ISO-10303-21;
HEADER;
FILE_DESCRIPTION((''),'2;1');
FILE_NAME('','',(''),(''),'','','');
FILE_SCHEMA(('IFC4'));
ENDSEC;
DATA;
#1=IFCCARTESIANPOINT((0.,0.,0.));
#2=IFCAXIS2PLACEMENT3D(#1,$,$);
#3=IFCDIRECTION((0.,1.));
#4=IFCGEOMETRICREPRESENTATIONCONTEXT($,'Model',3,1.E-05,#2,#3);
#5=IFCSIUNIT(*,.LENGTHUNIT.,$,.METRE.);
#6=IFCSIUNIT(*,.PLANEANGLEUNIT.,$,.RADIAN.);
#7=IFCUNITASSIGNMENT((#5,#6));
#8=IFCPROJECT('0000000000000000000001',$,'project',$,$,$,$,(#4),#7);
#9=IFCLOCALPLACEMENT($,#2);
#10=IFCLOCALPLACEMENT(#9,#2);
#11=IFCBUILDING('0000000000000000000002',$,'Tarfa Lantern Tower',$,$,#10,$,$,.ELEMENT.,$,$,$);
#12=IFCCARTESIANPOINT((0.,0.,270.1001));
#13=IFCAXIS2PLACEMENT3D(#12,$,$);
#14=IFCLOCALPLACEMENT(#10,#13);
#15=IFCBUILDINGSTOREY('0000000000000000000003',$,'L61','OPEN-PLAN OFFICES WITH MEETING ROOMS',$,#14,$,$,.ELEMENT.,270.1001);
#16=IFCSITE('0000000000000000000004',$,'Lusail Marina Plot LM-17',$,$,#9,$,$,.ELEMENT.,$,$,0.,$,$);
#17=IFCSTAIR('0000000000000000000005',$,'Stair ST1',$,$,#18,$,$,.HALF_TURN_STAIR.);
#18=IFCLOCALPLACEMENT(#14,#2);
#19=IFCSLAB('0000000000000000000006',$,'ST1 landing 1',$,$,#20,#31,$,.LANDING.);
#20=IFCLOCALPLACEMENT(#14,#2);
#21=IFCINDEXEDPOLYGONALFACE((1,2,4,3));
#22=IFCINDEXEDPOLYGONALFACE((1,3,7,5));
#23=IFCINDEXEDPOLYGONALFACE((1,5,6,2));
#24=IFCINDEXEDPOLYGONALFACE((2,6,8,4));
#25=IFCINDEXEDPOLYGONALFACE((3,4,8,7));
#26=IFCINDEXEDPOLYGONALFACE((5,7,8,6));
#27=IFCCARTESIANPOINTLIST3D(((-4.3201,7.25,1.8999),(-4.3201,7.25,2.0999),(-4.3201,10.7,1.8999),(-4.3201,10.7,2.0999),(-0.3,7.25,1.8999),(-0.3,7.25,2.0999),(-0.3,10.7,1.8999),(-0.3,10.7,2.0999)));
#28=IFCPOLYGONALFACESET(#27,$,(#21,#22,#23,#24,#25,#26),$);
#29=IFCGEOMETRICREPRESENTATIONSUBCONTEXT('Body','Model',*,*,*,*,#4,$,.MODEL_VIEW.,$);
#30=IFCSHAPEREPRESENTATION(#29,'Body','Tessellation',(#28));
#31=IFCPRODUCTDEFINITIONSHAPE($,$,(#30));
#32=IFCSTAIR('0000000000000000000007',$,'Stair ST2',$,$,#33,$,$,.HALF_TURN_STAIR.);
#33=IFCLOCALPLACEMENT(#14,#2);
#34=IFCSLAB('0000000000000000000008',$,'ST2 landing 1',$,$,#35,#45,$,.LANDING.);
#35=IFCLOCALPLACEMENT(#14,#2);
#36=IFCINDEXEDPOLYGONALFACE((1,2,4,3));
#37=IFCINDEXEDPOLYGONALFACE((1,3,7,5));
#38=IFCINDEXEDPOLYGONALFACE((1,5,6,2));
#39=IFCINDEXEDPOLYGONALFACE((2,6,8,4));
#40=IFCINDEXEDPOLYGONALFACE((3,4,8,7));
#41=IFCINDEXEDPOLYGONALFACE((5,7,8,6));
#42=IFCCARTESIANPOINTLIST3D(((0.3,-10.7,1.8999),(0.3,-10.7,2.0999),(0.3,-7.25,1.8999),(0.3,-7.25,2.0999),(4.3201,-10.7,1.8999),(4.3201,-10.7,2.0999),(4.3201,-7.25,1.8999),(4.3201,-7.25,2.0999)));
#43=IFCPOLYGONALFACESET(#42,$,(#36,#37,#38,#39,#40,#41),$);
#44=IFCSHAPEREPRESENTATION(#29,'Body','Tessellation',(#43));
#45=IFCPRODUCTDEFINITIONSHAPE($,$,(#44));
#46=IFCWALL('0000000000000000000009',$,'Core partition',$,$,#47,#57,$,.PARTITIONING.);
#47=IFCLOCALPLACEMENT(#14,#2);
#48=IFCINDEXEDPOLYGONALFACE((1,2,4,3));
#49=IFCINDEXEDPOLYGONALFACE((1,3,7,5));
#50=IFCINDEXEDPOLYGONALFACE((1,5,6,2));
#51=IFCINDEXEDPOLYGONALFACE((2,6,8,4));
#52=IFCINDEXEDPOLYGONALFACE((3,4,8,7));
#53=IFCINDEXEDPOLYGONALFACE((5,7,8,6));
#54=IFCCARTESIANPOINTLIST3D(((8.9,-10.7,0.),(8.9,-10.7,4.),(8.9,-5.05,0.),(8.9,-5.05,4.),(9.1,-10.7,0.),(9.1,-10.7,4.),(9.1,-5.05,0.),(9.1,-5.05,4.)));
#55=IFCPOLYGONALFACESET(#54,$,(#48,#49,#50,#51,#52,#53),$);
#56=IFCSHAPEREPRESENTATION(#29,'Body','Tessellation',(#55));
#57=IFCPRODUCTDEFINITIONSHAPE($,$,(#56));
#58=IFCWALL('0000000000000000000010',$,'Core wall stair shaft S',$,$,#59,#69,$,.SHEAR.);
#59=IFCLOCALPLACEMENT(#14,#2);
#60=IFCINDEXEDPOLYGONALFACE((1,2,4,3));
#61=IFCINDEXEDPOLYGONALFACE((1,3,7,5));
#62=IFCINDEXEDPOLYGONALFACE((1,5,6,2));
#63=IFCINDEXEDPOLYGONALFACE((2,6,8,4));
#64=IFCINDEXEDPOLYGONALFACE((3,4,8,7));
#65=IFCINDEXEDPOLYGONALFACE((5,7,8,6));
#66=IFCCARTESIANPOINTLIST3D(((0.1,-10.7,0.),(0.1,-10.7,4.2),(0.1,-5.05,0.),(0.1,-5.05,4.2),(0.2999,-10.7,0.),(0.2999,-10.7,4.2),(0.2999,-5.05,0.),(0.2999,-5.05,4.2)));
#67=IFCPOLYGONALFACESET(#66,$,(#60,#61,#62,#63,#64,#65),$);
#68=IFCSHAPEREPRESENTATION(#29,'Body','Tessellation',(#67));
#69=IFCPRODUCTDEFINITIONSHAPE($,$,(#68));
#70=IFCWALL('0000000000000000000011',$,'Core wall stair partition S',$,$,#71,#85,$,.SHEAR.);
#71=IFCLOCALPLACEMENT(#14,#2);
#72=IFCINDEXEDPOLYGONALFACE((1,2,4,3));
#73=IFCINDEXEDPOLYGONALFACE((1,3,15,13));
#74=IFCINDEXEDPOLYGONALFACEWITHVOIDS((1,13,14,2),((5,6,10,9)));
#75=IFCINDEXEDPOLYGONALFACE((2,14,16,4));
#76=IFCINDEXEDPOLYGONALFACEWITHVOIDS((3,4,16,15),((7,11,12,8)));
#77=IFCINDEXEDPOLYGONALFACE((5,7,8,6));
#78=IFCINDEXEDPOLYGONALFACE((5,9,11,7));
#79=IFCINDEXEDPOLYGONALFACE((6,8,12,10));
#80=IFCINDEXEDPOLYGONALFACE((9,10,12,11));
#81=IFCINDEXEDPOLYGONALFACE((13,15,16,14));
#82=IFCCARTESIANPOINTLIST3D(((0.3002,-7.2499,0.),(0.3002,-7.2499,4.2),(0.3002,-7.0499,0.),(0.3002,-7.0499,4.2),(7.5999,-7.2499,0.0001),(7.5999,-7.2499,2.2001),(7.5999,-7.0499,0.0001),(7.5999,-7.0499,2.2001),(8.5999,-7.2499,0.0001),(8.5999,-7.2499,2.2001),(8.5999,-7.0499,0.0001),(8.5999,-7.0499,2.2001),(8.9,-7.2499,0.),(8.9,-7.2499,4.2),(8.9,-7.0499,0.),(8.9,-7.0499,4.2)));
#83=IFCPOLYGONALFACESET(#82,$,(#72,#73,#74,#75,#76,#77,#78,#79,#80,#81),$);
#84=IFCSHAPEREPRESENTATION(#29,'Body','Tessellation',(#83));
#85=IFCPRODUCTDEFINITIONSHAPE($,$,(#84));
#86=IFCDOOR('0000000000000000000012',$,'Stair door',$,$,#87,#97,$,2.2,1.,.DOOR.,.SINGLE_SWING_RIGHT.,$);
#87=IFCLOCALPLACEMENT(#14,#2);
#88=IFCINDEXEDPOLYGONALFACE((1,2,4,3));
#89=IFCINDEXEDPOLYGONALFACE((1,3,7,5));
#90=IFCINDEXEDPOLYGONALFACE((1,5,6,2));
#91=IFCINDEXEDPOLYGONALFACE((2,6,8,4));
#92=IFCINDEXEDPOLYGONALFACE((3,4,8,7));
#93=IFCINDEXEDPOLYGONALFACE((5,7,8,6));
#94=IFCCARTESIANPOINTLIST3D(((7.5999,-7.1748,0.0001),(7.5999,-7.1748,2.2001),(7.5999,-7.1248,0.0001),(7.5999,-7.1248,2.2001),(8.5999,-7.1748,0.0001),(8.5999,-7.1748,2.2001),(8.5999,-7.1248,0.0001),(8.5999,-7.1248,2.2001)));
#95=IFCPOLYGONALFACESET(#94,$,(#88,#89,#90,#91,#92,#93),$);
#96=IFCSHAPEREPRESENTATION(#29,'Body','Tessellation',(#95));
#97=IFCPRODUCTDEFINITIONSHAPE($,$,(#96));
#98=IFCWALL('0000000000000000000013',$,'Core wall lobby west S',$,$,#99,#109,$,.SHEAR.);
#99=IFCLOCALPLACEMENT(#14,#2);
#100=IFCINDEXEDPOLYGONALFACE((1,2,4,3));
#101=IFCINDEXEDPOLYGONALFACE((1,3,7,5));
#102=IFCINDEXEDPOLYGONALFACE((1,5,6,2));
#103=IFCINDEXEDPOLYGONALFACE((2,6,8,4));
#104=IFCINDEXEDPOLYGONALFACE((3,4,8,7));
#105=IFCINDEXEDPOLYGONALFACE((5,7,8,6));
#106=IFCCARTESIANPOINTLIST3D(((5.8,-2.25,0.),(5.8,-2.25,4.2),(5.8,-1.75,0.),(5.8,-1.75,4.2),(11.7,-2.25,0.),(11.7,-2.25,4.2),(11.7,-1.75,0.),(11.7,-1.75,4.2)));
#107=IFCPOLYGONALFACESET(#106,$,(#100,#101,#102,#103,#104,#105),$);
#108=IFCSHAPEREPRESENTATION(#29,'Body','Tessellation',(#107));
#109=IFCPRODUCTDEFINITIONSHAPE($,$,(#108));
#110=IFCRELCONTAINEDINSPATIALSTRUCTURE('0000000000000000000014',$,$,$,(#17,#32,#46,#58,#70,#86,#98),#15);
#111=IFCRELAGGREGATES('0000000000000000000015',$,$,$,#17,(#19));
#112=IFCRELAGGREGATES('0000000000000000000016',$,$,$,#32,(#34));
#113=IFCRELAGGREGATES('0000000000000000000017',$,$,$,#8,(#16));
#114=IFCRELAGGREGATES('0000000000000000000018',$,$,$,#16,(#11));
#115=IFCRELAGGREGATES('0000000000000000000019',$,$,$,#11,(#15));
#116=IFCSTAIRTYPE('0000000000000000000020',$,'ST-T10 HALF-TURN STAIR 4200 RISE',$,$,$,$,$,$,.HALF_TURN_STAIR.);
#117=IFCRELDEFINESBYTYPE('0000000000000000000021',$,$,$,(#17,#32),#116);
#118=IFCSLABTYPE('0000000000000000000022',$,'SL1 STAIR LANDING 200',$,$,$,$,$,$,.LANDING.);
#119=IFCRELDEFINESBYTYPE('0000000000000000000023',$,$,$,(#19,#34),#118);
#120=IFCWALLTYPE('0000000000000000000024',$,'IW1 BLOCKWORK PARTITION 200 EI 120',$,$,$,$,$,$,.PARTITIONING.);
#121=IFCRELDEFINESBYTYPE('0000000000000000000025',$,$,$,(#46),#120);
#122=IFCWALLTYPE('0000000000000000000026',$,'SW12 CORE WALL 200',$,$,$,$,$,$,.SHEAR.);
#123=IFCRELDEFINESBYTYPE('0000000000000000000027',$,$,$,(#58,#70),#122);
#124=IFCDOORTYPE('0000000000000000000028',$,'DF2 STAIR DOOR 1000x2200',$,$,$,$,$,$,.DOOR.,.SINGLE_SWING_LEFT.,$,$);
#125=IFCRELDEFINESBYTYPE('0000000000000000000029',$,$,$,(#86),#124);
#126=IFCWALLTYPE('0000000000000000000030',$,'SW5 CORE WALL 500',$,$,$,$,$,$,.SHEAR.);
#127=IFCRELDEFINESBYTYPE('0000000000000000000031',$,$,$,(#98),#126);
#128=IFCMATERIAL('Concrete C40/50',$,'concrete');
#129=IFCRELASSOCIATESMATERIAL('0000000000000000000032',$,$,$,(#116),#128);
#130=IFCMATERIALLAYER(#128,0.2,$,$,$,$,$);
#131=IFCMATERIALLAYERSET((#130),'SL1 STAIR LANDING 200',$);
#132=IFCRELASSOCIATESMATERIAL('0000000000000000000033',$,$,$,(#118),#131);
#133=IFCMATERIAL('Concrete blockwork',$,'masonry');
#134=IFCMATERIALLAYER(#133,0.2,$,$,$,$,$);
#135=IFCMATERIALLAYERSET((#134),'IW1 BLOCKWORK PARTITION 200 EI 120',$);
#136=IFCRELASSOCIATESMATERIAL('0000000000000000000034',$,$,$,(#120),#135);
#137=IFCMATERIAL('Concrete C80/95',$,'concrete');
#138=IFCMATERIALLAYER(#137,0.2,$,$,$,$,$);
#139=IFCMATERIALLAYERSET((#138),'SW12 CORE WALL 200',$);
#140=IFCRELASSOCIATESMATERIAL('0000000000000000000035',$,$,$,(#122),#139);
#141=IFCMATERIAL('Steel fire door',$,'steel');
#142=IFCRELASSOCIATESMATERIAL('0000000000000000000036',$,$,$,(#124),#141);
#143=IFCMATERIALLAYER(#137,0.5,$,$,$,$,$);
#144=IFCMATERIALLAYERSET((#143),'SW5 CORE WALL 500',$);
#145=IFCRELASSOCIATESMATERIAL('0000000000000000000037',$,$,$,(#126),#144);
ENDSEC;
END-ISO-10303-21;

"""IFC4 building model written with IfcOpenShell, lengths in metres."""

from ifc_helpers import new_model, si_unit, direction, frame, frame_2d, origin, place, context, subcontext, project, spatial, polyline, rectangle, outline, extrude, material, layer, layer_set, type_object, element, fill, aggregate, save


model = new_model("IFC4")

# Units and contexts
model_context = context("Model", 3, precision=1e-05, world=origin(), true_north=direction((0.0, 1.0)))
body_context = subcontext(model_context, "Body", "Model", "MODEL_VIEW")
ifc_project = project(units=[si_unit("LENGTHUNIT", "METRE"), si_unit("PLANEANGLEUNIT", "RADIAN")], contexts=[model_context])

# Site, building, storey
site_placement = place(None, origin())
site = spatial("IfcSite", under=ifc_project, at=site_placement, Name="Lusail Marina Plot LM-17", CompositionType="ELEMENT", RefElevation=0.0)
building_placement = place(site_placement, origin())
building = spatial("IfcBuilding", under=site, at=building_placement, Name="Tarfa Lantern Tower", CompositionType="ELEMENT")
storey_placement = place(building_placement, frame((0.0, 0.0, 270.1001)))
storey = spatial("IfcBuildingStorey", under=building, at=storey_placement, Name="L61", Description="OPEN-PLAN OFFICES WITH MEETING ROOMS", CompositionType="ELEMENT", Elevation=270.1001)

# Stairs, slabs
ifc_material_1 = material(Name="Concrete C40/50", Category="concrete")
stair_type = type_object("IfcStairType", Name="ST-T10 HALF-TURN STAIR 4200 RISE", PredefinedType="HALF_TURN_STAIR", material=ifc_material_1)
stair_1_placement = place(storey_placement, origin())
stair_1 = element("IfcStair", 1, at=stair_1_placement, inside=storey, type_object=stair_type, Name="Stair ST1", PredefinedType="HALF_TURN_STAIR")
ifc_layer_1 = layer(ifc_material_1, 0.2)
ifc_layer_set_1 = layer_set([ifc_layer_1], Name="SL1 STAIR LANDING 200")
slab_type = type_object("IfcSlabType", Name="SL1 STAIR LANDING 200", PredefinedType="LANDING", material=ifc_layer_set_1)
slab_1_placement = place(storey_placement, frame((0.0, 0.0, 1.8999)))
slab_1 = element("IfcSlab", 2, at=slab_1_placement, type_object=slab_type, Name="ST1 landing 1", PredefinedType="LANDING", context=body_context, shape_type="SweptSolid", body=[
    extrude(outline(polyline([(-4.3201, 7.25), (-0.3, 7.25), (-0.3, 10.7), (-4.3201, 10.7), (-4.3201, 7.25)])), origin(), (0.0, 0.0, 1.0), 0.2),
])
aggregate(stair_1, [slab_1])
stair_2_placement = place(storey_placement, origin())
stair_2 = element("IfcStair", 3, at=stair_2_placement, inside=storey, type_object=stair_type, Name="Stair ST2", PredefinedType="HALF_TURN_STAIR")
slab_2_placement = place(storey_placement, frame((0.0, 0.0, 1.8999)))
slab_2 = element("IfcSlab", 4, at=slab_2_placement, type_object=slab_type, Name="ST2 landing 1", PredefinedType="LANDING", context=body_context, shape_type="SweptSolid", body=[
    extrude(outline(polyline([(4.3201, -7.25), (0.3, -7.25), (0.3, -10.7), (4.3201, -10.7), (4.3201, -7.25)])), origin(), (0.0, 0.0, 1.0), 0.2),
])

# Walls
ifc_material_2 = material(Name="Concrete blockwork", Category="masonry")
ifc_layer_2 = layer(ifc_material_2, 0.2)
ifc_layer_set_2 = layer_set([ifc_layer_2], Name="IW1 BLOCKWORK PARTITION 200 EI 120")
wall_type_1 = type_object("IfcWallType", Name="IW1 BLOCKWORK PARTITION 200 EI 120", PredefinedType="PARTITIONING", material=ifc_layer_set_2)
wall_1_placement = place(storey_placement, frame((9.0, -5.05, 0.0), z_axis=(0.0, 0.0, 1.0), x_axis=(0.0, -1.0, 0.0)))
element("IfcWall", 5, at=wall_1_placement, inside=storey, type_object=wall_type_1, Name="Core partition", PredefinedType="PARTITIONING", context=body_context, shape_type="SweptSolid", body=[
    extrude(rectangle(XDim=5.6499, YDim=0.2, at=frame_2d((2.825, 0.0))), origin(), (0.0, 0.0, 1.0), 4.0),
])
ifc_material_3 = material(Name="Concrete C80/95", Category="concrete")
ifc_layer_3 = layer(ifc_material_3, 0.2)
ifc_layer_set_3 = layer_set([ifc_layer_3], Name="SW12 CORE WALL 200")
wall_type_2 = type_object("IfcWallType", Name="SW12 CORE WALL 200", PredefinedType="SHEAR", material=ifc_layer_set_3)
wall_2_placement = place(storey_placement, frame((0.2, -5.05, 0.0), z_axis=(0.0, 0.0, 1.0), x_axis=(0.0, -1.0, 0.0)))
element("IfcWall", 6, at=wall_2_placement, inside=storey, type_object=wall_type_2, Name="Core wall stair shaft S", PredefinedType="SHEAR", context=body_context, shape_type="SweptSolid", body=[
    extrude(rectangle(XDim=5.6499, YDim=0.2, at=frame_2d((2.825, 0.0))), origin(), (0.0, 0.0, 1.0), 4.2),
])

# Wall, opening, door
wall_3_placement = place(storey_placement, frame((8.8999, -7.1499, 0.0), z_axis=(0.0, 0.0, 1.0), x_axis=(-1.0, 0.0, 0.0)))
wall_3 = element("IfcWall", 7, at=wall_3_placement, inside=storey, type_object=wall_type_2, Name="Core wall stair partition S", PredefinedType="SHEAR", context=body_context, shape_type="SweptSolid", body=[
    extrude(rectangle(XDim=8.5999, YDim=0.2, at=frame_2d((4.2998, 0.0))), origin(), (0.0, 0.0, 1.0), 4.2),
])
opening_1_placement = place(wall_3_placement, frame((0.3, 0.0, 0.0)))
opening_1 = element("IfcOpeningElement", 8, at=opening_1_placement, cuts=wall_3, PredefinedType="OPENING", context=body_context, shape_type="SweptSolid", body=[
    extrude(rectangle(XDim=1.0, YDim=2.2, at=frame_2d((0.5, 1.1001))), frame((0.0, 0.1099, 0.0), z_axis=(0.0, -1.0, 0.0), x_axis=(1.0, 0.0, 0.0)), (0.0, 0.0, 1.0), 0.22),
])
ifc_material_4 = material(Name="Steel fire door", Category="steel")
door_type_1 = type_object("IfcDoorType", Name="DF2 STAIR DOOR 1000x2200", OperationType="SINGLE_SWING_LEFT", PredefinedType="DOOR", material=ifc_material_4)
door_1_placement = place(opening_1_placement, origin())
door_1 = element("IfcDoor", 9, at=door_1_placement, inside=storey, type_object=door_type_1, Name="Stair door", OperationType="SINGLE_SWING_RIGHT", OverallHeight=2.2, OverallWidth=1.0, PredefinedType="DOOR", context=body_context, shape_type="SweptSolid", body=[
    extrude(rectangle(XDim=1.0, YDim=2.2, at=frame_2d((0.5, 1.1001))), frame((0.0, 0.0249, 0.0), z_axis=(0.0, -1.0, 0.0), x_axis=(1.0, 0.0, 0.0)), (0.0, 0.0, 1.0), 0.05),
])
fill(opening_1, door_1)

# Wall
ifc_layer_4 = layer(ifc_material_3, 0.5)
ifc_layer_set_4 = layer_set([ifc_layer_4], Name="SW5 CORE WALL 500")
wall_type_3 = type_object("IfcWallType", Name="SW5 CORE WALL 500", PredefinedType="SHEAR", material=ifc_layer_set_4)
wall_4_placement = place(storey_placement, frame((11.7, -2.0, 0.0), z_axis=(0.0, 0.0, 1.0), x_axis=(-1.0, 0.0, 0.0)))
element("IfcWall", 10, at=wall_4_placement, inside=storey, type_object=wall_type_3, Name="Core wall lobby west S", PredefinedType="SHEAR", context=body_context, shape_type="SweptSolid", body=[
    extrude(rectangle(XDim=5.8999, YDim=0.5, at=frame_2d((2.95, 0.0))), origin(), (0.0, 0.0, 1.0), 4.2),
])

aggregate(stair_2, [slab_2])

save(model, "model.ifc")
